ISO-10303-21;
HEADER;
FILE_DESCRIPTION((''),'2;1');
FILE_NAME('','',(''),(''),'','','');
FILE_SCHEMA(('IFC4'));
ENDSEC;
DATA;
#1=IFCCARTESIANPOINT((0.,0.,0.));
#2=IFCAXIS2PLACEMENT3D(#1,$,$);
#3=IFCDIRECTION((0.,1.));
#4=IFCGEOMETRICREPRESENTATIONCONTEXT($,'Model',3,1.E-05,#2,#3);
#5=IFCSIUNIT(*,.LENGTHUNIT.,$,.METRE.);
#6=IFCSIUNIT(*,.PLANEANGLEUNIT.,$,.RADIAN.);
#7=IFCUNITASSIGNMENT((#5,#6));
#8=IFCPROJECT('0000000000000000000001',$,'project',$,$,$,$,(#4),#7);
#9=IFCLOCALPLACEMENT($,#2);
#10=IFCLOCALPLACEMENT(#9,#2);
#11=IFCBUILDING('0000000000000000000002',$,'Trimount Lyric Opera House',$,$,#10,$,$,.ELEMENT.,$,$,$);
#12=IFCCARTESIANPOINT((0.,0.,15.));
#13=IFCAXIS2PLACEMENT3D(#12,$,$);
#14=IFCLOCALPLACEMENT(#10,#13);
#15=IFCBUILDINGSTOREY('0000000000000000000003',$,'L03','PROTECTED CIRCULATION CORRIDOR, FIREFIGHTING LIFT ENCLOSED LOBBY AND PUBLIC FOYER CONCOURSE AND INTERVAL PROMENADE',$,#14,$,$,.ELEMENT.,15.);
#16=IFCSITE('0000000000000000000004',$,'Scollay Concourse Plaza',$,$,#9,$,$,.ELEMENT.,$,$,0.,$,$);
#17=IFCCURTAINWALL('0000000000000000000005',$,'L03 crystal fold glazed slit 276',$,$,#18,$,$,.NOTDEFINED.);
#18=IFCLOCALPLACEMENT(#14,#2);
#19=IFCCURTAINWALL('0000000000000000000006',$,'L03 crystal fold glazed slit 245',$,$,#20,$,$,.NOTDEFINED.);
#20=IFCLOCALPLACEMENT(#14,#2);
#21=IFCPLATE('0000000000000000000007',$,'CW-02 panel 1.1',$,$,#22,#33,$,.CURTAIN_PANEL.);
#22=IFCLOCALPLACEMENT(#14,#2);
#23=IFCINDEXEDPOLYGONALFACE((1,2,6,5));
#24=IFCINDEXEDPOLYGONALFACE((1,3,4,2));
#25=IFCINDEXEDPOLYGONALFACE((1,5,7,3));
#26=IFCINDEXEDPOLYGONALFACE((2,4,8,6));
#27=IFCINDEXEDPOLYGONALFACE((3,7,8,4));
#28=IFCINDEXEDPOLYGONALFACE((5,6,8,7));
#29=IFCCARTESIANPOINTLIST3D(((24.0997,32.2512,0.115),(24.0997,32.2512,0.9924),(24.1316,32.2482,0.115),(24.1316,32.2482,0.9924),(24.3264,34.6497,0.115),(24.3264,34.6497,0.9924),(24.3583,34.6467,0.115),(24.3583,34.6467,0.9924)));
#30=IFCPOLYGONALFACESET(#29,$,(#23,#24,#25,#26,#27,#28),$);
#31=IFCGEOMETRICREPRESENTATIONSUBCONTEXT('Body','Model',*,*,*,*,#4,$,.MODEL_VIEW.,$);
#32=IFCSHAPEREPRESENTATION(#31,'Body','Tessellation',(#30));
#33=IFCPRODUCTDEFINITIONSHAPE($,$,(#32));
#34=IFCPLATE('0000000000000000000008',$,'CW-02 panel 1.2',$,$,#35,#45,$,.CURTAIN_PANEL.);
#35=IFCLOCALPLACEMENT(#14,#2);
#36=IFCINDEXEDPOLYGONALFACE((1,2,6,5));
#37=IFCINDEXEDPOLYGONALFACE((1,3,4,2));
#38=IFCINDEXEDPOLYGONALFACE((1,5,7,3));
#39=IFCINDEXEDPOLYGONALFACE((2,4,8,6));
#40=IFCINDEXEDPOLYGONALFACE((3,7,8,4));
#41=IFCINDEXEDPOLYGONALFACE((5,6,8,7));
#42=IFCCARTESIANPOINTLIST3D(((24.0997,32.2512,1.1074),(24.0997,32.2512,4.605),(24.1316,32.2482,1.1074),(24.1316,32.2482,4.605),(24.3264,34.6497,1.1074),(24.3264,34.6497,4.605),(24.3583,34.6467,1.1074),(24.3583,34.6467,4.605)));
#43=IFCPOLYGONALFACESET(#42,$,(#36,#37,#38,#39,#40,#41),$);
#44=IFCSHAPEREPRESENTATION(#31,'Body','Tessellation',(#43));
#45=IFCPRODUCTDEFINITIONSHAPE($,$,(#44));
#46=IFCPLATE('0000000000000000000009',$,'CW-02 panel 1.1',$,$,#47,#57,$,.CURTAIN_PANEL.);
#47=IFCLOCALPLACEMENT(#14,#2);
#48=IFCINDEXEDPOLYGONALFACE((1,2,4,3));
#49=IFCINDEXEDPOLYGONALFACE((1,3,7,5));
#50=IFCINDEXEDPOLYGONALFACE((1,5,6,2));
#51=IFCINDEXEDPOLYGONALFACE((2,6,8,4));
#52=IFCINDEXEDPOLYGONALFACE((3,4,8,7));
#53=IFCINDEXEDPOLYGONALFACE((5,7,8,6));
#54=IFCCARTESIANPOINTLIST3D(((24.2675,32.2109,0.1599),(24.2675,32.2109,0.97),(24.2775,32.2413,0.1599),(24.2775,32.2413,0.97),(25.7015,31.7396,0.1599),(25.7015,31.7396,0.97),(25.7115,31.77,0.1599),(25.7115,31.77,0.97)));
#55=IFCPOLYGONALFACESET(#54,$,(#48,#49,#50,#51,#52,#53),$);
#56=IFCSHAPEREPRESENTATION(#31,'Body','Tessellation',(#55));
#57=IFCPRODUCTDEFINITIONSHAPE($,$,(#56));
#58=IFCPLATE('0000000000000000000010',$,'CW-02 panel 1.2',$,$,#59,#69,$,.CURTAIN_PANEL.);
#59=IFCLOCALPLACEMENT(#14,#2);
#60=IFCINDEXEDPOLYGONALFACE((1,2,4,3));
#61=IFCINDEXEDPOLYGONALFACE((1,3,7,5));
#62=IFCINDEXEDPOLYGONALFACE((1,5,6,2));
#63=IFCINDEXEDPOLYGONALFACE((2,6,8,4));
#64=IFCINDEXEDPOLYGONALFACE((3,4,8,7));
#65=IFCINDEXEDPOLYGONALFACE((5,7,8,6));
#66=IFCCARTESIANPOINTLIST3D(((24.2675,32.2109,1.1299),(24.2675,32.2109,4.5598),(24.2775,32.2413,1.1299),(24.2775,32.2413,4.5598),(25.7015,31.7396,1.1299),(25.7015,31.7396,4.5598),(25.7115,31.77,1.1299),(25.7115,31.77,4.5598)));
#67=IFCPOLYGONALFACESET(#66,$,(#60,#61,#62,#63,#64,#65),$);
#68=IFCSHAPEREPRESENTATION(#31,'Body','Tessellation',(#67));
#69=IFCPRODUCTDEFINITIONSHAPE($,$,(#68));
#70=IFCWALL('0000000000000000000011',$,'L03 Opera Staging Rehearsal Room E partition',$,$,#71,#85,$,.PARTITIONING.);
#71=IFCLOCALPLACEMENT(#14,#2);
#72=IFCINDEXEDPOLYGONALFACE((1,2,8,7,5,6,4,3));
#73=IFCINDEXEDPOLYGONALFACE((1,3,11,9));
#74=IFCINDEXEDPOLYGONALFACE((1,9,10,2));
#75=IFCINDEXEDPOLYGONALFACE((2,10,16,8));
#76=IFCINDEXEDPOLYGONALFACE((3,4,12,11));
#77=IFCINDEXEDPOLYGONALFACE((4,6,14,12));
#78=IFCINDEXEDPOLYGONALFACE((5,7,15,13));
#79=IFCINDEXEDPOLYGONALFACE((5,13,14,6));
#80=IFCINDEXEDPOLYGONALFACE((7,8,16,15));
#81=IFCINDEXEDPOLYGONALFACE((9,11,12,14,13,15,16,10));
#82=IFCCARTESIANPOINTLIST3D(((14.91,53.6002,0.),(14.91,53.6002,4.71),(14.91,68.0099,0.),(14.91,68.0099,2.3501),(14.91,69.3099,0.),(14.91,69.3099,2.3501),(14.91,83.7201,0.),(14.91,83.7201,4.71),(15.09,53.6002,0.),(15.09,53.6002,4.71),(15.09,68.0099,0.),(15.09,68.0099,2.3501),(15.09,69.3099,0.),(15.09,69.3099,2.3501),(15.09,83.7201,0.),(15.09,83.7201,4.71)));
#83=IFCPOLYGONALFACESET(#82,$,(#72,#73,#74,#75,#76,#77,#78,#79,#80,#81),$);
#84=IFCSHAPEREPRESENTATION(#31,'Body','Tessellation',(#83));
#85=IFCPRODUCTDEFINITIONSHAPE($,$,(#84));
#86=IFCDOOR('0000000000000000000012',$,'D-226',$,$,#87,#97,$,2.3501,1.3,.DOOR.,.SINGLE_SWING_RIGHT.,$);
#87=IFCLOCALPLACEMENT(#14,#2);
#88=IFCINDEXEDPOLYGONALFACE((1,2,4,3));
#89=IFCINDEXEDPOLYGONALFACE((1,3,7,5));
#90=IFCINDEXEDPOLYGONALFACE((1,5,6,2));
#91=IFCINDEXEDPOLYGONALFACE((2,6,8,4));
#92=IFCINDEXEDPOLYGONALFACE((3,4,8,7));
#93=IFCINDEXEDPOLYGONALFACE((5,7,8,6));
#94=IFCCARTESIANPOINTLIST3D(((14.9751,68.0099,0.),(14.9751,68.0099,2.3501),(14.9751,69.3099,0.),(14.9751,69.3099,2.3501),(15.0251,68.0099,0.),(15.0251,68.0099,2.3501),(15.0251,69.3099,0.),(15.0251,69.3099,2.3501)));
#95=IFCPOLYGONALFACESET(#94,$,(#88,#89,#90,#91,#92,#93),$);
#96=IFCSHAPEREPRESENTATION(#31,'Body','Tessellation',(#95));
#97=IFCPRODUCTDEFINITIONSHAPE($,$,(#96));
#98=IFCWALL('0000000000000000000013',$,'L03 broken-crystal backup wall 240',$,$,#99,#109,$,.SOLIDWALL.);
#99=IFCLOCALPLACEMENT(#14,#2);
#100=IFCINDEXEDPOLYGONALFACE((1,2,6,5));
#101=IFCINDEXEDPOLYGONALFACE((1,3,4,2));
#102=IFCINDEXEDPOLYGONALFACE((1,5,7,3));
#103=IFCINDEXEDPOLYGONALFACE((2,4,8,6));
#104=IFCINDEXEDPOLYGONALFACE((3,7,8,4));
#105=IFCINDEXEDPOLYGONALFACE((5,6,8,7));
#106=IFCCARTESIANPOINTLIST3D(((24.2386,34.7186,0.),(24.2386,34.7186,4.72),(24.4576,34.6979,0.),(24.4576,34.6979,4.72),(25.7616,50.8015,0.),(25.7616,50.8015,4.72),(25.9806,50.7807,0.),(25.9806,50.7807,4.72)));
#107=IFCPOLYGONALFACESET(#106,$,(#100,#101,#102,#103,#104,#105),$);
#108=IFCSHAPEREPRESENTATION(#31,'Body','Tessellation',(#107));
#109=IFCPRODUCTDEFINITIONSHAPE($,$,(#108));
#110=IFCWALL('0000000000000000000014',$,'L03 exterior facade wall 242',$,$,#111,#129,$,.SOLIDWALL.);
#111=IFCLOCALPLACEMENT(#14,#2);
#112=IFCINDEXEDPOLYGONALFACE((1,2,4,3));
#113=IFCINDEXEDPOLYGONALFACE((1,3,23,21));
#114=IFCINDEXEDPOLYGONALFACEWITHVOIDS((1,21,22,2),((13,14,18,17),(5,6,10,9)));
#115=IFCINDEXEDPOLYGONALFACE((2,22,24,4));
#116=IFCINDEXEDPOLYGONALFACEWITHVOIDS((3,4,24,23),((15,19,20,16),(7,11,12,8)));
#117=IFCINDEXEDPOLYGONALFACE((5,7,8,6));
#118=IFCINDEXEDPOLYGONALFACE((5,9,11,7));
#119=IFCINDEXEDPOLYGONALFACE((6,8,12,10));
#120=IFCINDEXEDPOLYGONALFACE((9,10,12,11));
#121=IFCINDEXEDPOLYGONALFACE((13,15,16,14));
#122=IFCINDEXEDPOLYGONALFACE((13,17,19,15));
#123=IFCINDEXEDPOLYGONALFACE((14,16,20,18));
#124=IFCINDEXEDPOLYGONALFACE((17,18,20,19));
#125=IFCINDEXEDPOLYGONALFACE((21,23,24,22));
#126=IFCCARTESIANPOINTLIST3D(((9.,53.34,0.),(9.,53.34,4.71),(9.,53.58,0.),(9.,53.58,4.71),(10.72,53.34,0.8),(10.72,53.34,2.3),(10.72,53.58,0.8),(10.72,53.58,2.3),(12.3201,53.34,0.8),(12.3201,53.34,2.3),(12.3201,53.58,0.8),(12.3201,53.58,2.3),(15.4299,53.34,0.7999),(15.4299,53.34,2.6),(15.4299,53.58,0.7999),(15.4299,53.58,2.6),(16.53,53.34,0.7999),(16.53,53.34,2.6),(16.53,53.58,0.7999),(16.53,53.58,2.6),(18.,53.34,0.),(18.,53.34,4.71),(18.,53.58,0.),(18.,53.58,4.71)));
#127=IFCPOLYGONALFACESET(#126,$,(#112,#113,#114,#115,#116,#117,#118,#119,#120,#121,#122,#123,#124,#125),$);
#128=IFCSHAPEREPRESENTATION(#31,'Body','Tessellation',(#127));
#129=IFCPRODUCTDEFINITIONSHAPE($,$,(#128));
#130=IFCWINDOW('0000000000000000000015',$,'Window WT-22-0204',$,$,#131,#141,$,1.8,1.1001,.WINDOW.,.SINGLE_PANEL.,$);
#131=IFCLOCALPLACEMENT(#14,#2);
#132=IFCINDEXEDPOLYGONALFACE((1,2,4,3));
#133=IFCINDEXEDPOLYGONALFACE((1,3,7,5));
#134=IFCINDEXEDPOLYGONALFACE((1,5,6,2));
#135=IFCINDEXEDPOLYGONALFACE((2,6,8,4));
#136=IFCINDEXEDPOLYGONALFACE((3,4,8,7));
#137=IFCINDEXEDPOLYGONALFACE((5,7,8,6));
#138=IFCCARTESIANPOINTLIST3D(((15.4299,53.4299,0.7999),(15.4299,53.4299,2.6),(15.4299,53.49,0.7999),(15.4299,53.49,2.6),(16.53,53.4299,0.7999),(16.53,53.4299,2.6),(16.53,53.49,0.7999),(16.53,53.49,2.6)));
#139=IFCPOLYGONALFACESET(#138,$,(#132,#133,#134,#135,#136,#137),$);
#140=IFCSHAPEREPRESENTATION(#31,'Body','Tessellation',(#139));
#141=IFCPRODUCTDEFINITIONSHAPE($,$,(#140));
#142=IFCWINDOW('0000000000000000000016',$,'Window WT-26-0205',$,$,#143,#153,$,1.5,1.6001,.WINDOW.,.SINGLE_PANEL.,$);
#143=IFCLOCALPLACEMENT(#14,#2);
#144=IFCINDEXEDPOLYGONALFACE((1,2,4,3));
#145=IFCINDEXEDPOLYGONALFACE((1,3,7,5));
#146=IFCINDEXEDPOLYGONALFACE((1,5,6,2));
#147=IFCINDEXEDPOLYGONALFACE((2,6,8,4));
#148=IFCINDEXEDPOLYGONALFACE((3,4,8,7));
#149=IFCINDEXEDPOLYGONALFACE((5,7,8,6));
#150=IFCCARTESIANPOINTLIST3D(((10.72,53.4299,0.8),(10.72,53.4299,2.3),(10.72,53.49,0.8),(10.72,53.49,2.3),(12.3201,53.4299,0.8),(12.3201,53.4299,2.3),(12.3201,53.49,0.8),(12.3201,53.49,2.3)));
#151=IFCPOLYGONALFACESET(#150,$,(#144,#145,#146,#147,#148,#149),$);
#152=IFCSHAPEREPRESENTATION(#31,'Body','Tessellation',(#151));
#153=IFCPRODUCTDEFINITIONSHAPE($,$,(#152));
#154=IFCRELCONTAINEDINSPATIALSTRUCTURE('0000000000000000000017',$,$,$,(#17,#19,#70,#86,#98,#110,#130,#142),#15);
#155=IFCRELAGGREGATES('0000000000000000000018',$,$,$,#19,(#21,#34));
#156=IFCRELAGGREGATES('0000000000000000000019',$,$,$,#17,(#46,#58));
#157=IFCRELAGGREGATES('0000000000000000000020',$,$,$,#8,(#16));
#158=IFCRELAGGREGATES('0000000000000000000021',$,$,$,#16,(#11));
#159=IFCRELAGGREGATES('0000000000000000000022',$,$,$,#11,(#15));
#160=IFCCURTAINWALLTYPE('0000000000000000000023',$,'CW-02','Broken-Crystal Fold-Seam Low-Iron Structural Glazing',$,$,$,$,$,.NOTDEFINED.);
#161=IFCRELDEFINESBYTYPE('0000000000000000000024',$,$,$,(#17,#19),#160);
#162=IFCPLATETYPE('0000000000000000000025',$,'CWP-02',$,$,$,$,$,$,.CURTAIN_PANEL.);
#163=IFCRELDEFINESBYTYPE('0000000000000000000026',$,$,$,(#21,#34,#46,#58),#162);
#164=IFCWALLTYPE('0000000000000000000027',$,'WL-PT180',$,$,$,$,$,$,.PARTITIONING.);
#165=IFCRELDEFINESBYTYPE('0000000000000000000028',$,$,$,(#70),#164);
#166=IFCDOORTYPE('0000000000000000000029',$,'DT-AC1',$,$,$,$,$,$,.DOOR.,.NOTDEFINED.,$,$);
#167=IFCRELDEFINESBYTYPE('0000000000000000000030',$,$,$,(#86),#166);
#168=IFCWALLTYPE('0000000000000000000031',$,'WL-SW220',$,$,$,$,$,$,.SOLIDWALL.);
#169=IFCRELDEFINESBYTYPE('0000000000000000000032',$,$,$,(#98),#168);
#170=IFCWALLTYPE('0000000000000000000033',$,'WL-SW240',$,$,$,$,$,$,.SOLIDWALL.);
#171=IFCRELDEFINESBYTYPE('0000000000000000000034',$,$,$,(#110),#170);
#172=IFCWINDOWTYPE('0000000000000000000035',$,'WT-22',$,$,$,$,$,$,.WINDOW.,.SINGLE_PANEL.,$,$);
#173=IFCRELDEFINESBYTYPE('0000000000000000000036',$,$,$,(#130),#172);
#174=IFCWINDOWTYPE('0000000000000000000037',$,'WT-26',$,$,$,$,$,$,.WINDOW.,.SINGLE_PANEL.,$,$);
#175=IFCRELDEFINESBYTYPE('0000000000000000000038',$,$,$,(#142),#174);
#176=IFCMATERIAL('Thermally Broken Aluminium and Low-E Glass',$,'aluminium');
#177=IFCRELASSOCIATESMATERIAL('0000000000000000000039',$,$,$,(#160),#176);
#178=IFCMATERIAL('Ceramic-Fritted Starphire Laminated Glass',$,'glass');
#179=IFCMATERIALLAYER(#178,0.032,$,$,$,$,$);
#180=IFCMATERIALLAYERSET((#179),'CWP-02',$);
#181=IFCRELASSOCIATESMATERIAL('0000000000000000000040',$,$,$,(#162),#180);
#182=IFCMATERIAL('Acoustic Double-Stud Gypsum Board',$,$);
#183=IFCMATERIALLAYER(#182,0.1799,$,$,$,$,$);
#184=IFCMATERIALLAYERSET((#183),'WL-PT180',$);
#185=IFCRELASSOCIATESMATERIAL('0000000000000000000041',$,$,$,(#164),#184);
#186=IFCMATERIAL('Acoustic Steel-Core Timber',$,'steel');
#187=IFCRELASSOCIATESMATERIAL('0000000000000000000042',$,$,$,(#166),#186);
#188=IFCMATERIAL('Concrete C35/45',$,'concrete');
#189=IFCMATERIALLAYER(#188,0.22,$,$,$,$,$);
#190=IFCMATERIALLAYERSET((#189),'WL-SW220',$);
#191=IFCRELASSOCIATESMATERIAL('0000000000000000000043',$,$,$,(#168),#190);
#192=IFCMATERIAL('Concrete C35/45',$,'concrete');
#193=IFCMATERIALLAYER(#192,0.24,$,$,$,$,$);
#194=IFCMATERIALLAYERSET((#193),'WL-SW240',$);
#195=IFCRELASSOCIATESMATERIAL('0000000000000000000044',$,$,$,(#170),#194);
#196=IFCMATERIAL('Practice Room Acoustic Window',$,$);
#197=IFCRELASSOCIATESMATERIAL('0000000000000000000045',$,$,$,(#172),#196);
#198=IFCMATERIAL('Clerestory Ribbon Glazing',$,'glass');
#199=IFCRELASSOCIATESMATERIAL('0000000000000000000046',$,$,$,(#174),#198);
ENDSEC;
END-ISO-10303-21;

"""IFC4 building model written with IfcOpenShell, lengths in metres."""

from ifc_helpers import new_model, si_unit, direction, frame, frame_2d, origin, origin_2d, place, context, subcontext, project, spatial, rectangle, extrude, material, layer, layer_set, type_object, element, fill, aggregate, save


model = new_model("IFC4")

# Units and contexts
model_context = context("Model", 3, precision=1e-05, world=origin(), true_north=direction((0.0, 1.0)))
body_context = subcontext(model_context, "Body", "Model", "MODEL_VIEW")
ifc_project = project(units=[si_unit("LENGTHUNIT", "METRE"), si_unit("PLANEANGLEUNIT", "RADIAN")], contexts=[model_context])

# Site, building, storey
site_placement = place(None, origin())
site = spatial("IfcSite", under=ifc_project, at=site_placement, Name="Scollay Concourse Plaza", CompositionType="ELEMENT", RefElevation=0.0)
building_placement = place(site_placement, origin())
building = spatial("IfcBuilding", under=site, at=building_placement, Name="Trimount Lyric Opera House", CompositionType="ELEMENT")
storey_placement = place(building_placement, frame((0.0, 0.0, 15.0)))
storey = spatial("IfcBuildingStorey", under=building, at=storey_placement, Name="L03", Description="PROTECTED CIRCULATION CORRIDOR, FIREFIGHTING LIFT ENCLOSED LOBBY AND PUBLIC FOYER CONCOURSE AND INTERVAL PROMENADE", CompositionType="ELEMENT", Elevation=15.0)

# Curtain wall
ifc_material_1 = material(Name="Thermally Broken Aluminium and Low-E Glass", Category="aluminium")
curtain_wall_type = type_object("IfcCurtainWallType", Name="CW-02", Description="Broken-Crystal Fold-Seam Low-Iron Structural Glazing", PredefinedType="NOTDEFINED", material=ifc_material_1)
curtain_wall_1_placement = place(storey_placement, origin())
curtain_wall_1 = element("IfcCurtainWall", 1, at=curtain_wall_1_placement, inside=storey, type_object=curtain_wall_type, Name="L03 crystal fold glazed slit 276", PredefinedType="NOTDEFINED")

# Curtain wall
curtain_wall_2_placement = place(storey_placement, origin())
curtain_wall_2 = element("IfcCurtainWall", 2, at=curtain_wall_2_placement, inside=storey, type_object=curtain_wall_type, Name="L03 crystal fold glazed slit 245", PredefinedType="NOTDEFINED")

# Plates
ifc_material_2 = material(Name="Ceramic-Fritted Starphire Laminated Glass", Category="glass")
ifc_layer_1 = layer(ifc_material_2, 0.032)
ifc_layer_set_1 = layer_set([ifc_layer_1], Name="CWP-02")
plate_type = type_object("IfcPlateType", Name="CWP-02", PredefinedType="CURTAIN_PANEL", material=ifc_layer_set_1)
plate_1_placement = place(storey_placement, frame((24.229, 33.449, 0.115), z_axis=(0.0, 0.0, 1.0), x_axis=(0.0941, 0.995563, 0.0)))
plate_1 = element("IfcPlate", 3, at=plate_1_placement, type_object=plate_type, Name="CW-02 panel 1.1", PredefinedType="CURTAIN_PANEL", context=body_context, shape_type="SweptSolid", body=[
    extrude(rectangle(XDim=2.4092, YDim=0.032, at=origin_2d()), origin(), (0.0, 0.0, 1.0), 0.8774),
])
plate_2_placement = place(storey_placement, frame((24.229, 33.449, 1.1074), z_axis=(0.0, 0.0, 1.0), x_axis=(0.0941, 0.995563, 0.0)))
plate_2 = element("IfcPlate", 4, at=plate_2_placement, type_object=plate_type, Name="CW-02 panel 1.2", PredefinedType="CURTAIN_PANEL", context=body_context, shape_type="SweptSolid", body=[
    extrude(rectangle(XDim=2.4092, YDim=0.032, at=origin_2d()), origin(), (0.0, 0.0, 1.0), 3.4976),
])
aggregate(curtain_wall_2, [plate_1, plate_2])
plate_3_placement = place(storey_placement, frame((24.9895, 31.9905, 0.1599), z_axis=(0.0, 0.0, 1.0), x_axis=(-0.950009, 0.312224, 0.0)))
plate_3 = element("IfcPlate", 5, at=plate_3_placement, type_object=plate_type, Name="CW-02 panel 1.1", PredefinedType="CURTAIN_PANEL", context=body_context, shape_type="SweptSolid", body=[
    extrude(rectangle(XDim=1.5095, YDim=0.032, at=origin_2d()), origin(), (0.0, 0.0, 1.0), 0.8101),
])
plate_4_placement = place(storey_placement, frame((24.9895, 31.9905, 1.1299), z_axis=(0.0, 0.0, 1.0), x_axis=(-0.950009, 0.312224, 0.0)))
plate_4 = element("IfcPlate", 6, at=plate_4_placement, type_object=plate_type, Name="CW-02 panel 1.2", PredefinedType="CURTAIN_PANEL", context=body_context, shape_type="SweptSolid", body=[
    extrude(rectangle(XDim=1.5095, YDim=0.032, at=origin_2d()), origin(), (0.0, 0.0, 1.0), 3.4299),
])
aggregate(curtain_wall_1, [plate_3, plate_4])

# Wall, opening, door
ifc_material_3 = material(Name="Acoustic Double-Stud Gypsum Board")
ifc_layer_2 = layer(ifc_material_3, 0.1799)
ifc_layer_set_2 = layer_set([ifc_layer_2], Name="WL-PT180")
wall_type_1 = type_object("IfcWallType", Name="WL-PT180", PredefinedType="PARTITIONING", material=ifc_layer_set_2)
wall_1_placement = place(storey_placement, frame((15.0, 53.6001, 0.0), z_axis=(0.0, 0.0, 1.0), x_axis=(0.0, 1.0, 0.0)))
wall_1 = element("IfcWall", 7, at=wall_1_placement, inside=storey, type_object=wall_type_1, Name="L03 Opera Staging Rehearsal Room E partition", PredefinedType="PARTITIONING", context=body_context, shape_type="SweptSolid", body=[
    extrude(rectangle(XDim=30.1199, YDim=0.1799, at=frame_2d((15.0601, 0.0))), origin(), (0.0, 0.0, 1.0), 4.71),
])
opening_1_placement = place(wall_1_placement, frame((14.4099, 0.0, 0.0)))
opening_1 = element("IfcOpeningElement", 8, at=opening_1_placement, cuts=wall_1, PredefinedType="OPENING", context=body_context, shape_type="SweptSolid", body=[
    extrude(rectangle(XDim=1.3, YDim=2.3501, at=frame_2d((0.6499, 1.175))), frame((0.0, 0.1001, 0.0), z_axis=(0.0, -1.0, 0.0), x_axis=(1.0, 0.0, 0.0)), (0.0, 0.0, 1.0), 0.2),
])
ifc_material_4 = material(Name="Acoustic Steel-Core Timber", Category="steel")
door_type = type_object("IfcDoorType", Name="DT-AC1", OperationType="NOTDEFINED", PredefinedType="DOOR", material=ifc_material_4)
door_placement = place(opening_1_placement, origin())
door = element("IfcDoor", 9, at=door_placement, inside=storey, type_object=door_type, Name="D-226", OperationType="SINGLE_SWING_RIGHT", OverallHeight=2.3501, OverallWidth=1.3, PredefinedType="DOOR", context=body_context, shape_type="SweptSolid", body=[
    extrude(rectangle(XDim=1.3, YDim=2.3501, at=frame_2d((0.6499, 1.175))), frame((0.0, 0.0249, 0.0), z_axis=(0.0, -1.0, 0.0), x_axis=(1.0, 0.0, 0.0)), (0.0, 0.0, 1.0), 0.05),
])
fill(opening_1, door)

# Wall
ifc_material_5 = material(Name="Concrete C35/45", Category="concrete")
ifc_layer_3 = layer(ifc_material_5, 0.22)
ifc_layer_set_3 = layer_set([ifc_layer_3], Name="WL-SW220")
wall_type_2 = type_object("IfcWallType", Name="WL-SW220", PredefinedType="SOLIDWALL", material=ifc_layer_set_3)
wall_2_placement = place(storey_placement, frame((24.3481, 34.7083, 0.0), z_axis=(0.0, 0.0, 1.0), x_axis=(0.094273, 0.995546, 0.0)))
element("IfcWall", 10, at=wall_2_placement, inside=storey, type_object=wall_type_2, Name="L03 broken-crystal backup wall 240", PredefinedType="SOLIDWALL", context=body_context, shape_type="SweptSolid", body=[
    extrude(rectangle(XDim=16.1548, YDim=0.22, at=frame_2d((8.0774, 0.0))), origin(), (0.0, 0.0, 1.0), 4.72),
])

# Wall, openings, windows
ifc_material_6 = material(Name="Concrete C35/45", Category="concrete")
ifc_layer_4 = layer(ifc_material_6, 0.24)
ifc_layer_set_4 = layer_set([ifc_layer_4], Name="WL-SW240")
wall_type_3 = type_object("IfcWallType", Name="WL-SW240", PredefinedType="SOLIDWALL", material=ifc_layer_set_4)
wall_3_placement = place(storey_placement, frame((18.0, 53.46, 0.0), z_axis=(0.0, 0.0, 1.0), x_axis=(-1.0, 0.0, 0.0)))
wall_3 = element("IfcWall", 11, at=wall_3_placement, inside=storey, type_object=wall_type_3, Name="L03 exterior facade wall 242", PredefinedType="SOLIDWALL", context=body_context, shape_type="SweptSolid", body=[
    extrude(rectangle(XDim=9.0, YDim=0.24, at=frame_2d((4.5, 0.0))), origin(), (0.0, 0.0, 1.0), 4.71),
])
opening_2_placement = place(wall_3_placement, frame((1.47, 0.0, 0.8)))
opening_2 = element("IfcOpeningElement", 12, at=opening_2_placement, cuts=wall_3, PredefinedType="OPENING", context=body_context, shape_type="SweptSolid", body=[
    extrude(rectangle(XDim=1.1001, YDim=1.8, at=frame_2d((0.55, 0.8999))), frame((0.0, 0.1299, 0.0), z_axis=(0.0, -1.0, 0.0), x_axis=(1.0, 0.0, 0.0)), (0.0, 0.0, 1.0), 0.26),
])
opening_3_placement = place(wall_3_placement, frame((5.6799, 0.0, 0.8)))
opening_3 = element("IfcOpeningElement", 13, at=opening_3_placement, cuts=wall_3, PredefinedType="OPENING", context=body_context, shape_type="SweptSolid", body=[
    extrude(rectangle(XDim=1.6001, YDim=1.5, at=frame_2d((0.8, 0.75))), frame((0.0, 0.1299, 0.0), z_axis=(0.0, -1.0, 0.0), x_axis=(1.0, 0.0, 0.0)), (0.0, 0.0, 1.0), 0.26),
])
ifc_material_7 = material(Name="Practice Room Acoustic Window")
window_type_1 = type_object("IfcWindowType", Name="WT-22", PartitioningType="SINGLE_PANEL", PredefinedType="WINDOW", material=ifc_material_7)
window_1_placement = place(opening_2_placement, origin())
window_1 = element("IfcWindow", 14, at=window_1_placement, inside=storey, type_object=window_type_1, Name="Window WT-22-0204", OverallHeight=1.8, OverallWidth=1.1001, PartitioningType="SINGLE_PANEL", PredefinedType="WINDOW", context=body_context, shape_type="SweptSolid", body=[
    extrude(rectangle(XDim=1.1001, YDim=1.8, at=frame_2d((0.55, 0.8999))), frame((0.0, 0.03, 0.0), z_axis=(0.0, -1.0, 0.0), x_axis=(1.0, 0.0, 0.0)), (0.0, 0.0, 1.0), 0.0601),
])
fill(opening_2, window_1)
ifc_material_8 = material(Name="Clerestory Ribbon Glazing", Category="glass")
window_type_2 = type_object("IfcWindowType", Name="WT-26", PartitioningType="SINGLE_PANEL", PredefinedType="WINDOW", material=ifc_material_8)
window_2_placement = place(opening_3_placement, origin())
window_2 = element("IfcWindow", 15, at=window_2_placement, inside=storey, type_object=window_type_2, Name="Window WT-26-0205", OverallHeight=1.5, OverallWidth=1.6001, PartitioningType="SINGLE_PANEL", PredefinedType="WINDOW", context=body_context, shape_type="SweptSolid", body=[
    extrude(rectangle(XDim=1.6001, YDim=1.5, at=frame_2d((0.8, 0.75))), frame((0.0, 0.03, 0.0), z_axis=(0.0, -1.0, 0.0), x_axis=(1.0, 0.0, 0.0)), (0.0, 0.0, 1.0), 0.0601),
])
fill(opening_3, window_2)

save(model, "model.ifc")
